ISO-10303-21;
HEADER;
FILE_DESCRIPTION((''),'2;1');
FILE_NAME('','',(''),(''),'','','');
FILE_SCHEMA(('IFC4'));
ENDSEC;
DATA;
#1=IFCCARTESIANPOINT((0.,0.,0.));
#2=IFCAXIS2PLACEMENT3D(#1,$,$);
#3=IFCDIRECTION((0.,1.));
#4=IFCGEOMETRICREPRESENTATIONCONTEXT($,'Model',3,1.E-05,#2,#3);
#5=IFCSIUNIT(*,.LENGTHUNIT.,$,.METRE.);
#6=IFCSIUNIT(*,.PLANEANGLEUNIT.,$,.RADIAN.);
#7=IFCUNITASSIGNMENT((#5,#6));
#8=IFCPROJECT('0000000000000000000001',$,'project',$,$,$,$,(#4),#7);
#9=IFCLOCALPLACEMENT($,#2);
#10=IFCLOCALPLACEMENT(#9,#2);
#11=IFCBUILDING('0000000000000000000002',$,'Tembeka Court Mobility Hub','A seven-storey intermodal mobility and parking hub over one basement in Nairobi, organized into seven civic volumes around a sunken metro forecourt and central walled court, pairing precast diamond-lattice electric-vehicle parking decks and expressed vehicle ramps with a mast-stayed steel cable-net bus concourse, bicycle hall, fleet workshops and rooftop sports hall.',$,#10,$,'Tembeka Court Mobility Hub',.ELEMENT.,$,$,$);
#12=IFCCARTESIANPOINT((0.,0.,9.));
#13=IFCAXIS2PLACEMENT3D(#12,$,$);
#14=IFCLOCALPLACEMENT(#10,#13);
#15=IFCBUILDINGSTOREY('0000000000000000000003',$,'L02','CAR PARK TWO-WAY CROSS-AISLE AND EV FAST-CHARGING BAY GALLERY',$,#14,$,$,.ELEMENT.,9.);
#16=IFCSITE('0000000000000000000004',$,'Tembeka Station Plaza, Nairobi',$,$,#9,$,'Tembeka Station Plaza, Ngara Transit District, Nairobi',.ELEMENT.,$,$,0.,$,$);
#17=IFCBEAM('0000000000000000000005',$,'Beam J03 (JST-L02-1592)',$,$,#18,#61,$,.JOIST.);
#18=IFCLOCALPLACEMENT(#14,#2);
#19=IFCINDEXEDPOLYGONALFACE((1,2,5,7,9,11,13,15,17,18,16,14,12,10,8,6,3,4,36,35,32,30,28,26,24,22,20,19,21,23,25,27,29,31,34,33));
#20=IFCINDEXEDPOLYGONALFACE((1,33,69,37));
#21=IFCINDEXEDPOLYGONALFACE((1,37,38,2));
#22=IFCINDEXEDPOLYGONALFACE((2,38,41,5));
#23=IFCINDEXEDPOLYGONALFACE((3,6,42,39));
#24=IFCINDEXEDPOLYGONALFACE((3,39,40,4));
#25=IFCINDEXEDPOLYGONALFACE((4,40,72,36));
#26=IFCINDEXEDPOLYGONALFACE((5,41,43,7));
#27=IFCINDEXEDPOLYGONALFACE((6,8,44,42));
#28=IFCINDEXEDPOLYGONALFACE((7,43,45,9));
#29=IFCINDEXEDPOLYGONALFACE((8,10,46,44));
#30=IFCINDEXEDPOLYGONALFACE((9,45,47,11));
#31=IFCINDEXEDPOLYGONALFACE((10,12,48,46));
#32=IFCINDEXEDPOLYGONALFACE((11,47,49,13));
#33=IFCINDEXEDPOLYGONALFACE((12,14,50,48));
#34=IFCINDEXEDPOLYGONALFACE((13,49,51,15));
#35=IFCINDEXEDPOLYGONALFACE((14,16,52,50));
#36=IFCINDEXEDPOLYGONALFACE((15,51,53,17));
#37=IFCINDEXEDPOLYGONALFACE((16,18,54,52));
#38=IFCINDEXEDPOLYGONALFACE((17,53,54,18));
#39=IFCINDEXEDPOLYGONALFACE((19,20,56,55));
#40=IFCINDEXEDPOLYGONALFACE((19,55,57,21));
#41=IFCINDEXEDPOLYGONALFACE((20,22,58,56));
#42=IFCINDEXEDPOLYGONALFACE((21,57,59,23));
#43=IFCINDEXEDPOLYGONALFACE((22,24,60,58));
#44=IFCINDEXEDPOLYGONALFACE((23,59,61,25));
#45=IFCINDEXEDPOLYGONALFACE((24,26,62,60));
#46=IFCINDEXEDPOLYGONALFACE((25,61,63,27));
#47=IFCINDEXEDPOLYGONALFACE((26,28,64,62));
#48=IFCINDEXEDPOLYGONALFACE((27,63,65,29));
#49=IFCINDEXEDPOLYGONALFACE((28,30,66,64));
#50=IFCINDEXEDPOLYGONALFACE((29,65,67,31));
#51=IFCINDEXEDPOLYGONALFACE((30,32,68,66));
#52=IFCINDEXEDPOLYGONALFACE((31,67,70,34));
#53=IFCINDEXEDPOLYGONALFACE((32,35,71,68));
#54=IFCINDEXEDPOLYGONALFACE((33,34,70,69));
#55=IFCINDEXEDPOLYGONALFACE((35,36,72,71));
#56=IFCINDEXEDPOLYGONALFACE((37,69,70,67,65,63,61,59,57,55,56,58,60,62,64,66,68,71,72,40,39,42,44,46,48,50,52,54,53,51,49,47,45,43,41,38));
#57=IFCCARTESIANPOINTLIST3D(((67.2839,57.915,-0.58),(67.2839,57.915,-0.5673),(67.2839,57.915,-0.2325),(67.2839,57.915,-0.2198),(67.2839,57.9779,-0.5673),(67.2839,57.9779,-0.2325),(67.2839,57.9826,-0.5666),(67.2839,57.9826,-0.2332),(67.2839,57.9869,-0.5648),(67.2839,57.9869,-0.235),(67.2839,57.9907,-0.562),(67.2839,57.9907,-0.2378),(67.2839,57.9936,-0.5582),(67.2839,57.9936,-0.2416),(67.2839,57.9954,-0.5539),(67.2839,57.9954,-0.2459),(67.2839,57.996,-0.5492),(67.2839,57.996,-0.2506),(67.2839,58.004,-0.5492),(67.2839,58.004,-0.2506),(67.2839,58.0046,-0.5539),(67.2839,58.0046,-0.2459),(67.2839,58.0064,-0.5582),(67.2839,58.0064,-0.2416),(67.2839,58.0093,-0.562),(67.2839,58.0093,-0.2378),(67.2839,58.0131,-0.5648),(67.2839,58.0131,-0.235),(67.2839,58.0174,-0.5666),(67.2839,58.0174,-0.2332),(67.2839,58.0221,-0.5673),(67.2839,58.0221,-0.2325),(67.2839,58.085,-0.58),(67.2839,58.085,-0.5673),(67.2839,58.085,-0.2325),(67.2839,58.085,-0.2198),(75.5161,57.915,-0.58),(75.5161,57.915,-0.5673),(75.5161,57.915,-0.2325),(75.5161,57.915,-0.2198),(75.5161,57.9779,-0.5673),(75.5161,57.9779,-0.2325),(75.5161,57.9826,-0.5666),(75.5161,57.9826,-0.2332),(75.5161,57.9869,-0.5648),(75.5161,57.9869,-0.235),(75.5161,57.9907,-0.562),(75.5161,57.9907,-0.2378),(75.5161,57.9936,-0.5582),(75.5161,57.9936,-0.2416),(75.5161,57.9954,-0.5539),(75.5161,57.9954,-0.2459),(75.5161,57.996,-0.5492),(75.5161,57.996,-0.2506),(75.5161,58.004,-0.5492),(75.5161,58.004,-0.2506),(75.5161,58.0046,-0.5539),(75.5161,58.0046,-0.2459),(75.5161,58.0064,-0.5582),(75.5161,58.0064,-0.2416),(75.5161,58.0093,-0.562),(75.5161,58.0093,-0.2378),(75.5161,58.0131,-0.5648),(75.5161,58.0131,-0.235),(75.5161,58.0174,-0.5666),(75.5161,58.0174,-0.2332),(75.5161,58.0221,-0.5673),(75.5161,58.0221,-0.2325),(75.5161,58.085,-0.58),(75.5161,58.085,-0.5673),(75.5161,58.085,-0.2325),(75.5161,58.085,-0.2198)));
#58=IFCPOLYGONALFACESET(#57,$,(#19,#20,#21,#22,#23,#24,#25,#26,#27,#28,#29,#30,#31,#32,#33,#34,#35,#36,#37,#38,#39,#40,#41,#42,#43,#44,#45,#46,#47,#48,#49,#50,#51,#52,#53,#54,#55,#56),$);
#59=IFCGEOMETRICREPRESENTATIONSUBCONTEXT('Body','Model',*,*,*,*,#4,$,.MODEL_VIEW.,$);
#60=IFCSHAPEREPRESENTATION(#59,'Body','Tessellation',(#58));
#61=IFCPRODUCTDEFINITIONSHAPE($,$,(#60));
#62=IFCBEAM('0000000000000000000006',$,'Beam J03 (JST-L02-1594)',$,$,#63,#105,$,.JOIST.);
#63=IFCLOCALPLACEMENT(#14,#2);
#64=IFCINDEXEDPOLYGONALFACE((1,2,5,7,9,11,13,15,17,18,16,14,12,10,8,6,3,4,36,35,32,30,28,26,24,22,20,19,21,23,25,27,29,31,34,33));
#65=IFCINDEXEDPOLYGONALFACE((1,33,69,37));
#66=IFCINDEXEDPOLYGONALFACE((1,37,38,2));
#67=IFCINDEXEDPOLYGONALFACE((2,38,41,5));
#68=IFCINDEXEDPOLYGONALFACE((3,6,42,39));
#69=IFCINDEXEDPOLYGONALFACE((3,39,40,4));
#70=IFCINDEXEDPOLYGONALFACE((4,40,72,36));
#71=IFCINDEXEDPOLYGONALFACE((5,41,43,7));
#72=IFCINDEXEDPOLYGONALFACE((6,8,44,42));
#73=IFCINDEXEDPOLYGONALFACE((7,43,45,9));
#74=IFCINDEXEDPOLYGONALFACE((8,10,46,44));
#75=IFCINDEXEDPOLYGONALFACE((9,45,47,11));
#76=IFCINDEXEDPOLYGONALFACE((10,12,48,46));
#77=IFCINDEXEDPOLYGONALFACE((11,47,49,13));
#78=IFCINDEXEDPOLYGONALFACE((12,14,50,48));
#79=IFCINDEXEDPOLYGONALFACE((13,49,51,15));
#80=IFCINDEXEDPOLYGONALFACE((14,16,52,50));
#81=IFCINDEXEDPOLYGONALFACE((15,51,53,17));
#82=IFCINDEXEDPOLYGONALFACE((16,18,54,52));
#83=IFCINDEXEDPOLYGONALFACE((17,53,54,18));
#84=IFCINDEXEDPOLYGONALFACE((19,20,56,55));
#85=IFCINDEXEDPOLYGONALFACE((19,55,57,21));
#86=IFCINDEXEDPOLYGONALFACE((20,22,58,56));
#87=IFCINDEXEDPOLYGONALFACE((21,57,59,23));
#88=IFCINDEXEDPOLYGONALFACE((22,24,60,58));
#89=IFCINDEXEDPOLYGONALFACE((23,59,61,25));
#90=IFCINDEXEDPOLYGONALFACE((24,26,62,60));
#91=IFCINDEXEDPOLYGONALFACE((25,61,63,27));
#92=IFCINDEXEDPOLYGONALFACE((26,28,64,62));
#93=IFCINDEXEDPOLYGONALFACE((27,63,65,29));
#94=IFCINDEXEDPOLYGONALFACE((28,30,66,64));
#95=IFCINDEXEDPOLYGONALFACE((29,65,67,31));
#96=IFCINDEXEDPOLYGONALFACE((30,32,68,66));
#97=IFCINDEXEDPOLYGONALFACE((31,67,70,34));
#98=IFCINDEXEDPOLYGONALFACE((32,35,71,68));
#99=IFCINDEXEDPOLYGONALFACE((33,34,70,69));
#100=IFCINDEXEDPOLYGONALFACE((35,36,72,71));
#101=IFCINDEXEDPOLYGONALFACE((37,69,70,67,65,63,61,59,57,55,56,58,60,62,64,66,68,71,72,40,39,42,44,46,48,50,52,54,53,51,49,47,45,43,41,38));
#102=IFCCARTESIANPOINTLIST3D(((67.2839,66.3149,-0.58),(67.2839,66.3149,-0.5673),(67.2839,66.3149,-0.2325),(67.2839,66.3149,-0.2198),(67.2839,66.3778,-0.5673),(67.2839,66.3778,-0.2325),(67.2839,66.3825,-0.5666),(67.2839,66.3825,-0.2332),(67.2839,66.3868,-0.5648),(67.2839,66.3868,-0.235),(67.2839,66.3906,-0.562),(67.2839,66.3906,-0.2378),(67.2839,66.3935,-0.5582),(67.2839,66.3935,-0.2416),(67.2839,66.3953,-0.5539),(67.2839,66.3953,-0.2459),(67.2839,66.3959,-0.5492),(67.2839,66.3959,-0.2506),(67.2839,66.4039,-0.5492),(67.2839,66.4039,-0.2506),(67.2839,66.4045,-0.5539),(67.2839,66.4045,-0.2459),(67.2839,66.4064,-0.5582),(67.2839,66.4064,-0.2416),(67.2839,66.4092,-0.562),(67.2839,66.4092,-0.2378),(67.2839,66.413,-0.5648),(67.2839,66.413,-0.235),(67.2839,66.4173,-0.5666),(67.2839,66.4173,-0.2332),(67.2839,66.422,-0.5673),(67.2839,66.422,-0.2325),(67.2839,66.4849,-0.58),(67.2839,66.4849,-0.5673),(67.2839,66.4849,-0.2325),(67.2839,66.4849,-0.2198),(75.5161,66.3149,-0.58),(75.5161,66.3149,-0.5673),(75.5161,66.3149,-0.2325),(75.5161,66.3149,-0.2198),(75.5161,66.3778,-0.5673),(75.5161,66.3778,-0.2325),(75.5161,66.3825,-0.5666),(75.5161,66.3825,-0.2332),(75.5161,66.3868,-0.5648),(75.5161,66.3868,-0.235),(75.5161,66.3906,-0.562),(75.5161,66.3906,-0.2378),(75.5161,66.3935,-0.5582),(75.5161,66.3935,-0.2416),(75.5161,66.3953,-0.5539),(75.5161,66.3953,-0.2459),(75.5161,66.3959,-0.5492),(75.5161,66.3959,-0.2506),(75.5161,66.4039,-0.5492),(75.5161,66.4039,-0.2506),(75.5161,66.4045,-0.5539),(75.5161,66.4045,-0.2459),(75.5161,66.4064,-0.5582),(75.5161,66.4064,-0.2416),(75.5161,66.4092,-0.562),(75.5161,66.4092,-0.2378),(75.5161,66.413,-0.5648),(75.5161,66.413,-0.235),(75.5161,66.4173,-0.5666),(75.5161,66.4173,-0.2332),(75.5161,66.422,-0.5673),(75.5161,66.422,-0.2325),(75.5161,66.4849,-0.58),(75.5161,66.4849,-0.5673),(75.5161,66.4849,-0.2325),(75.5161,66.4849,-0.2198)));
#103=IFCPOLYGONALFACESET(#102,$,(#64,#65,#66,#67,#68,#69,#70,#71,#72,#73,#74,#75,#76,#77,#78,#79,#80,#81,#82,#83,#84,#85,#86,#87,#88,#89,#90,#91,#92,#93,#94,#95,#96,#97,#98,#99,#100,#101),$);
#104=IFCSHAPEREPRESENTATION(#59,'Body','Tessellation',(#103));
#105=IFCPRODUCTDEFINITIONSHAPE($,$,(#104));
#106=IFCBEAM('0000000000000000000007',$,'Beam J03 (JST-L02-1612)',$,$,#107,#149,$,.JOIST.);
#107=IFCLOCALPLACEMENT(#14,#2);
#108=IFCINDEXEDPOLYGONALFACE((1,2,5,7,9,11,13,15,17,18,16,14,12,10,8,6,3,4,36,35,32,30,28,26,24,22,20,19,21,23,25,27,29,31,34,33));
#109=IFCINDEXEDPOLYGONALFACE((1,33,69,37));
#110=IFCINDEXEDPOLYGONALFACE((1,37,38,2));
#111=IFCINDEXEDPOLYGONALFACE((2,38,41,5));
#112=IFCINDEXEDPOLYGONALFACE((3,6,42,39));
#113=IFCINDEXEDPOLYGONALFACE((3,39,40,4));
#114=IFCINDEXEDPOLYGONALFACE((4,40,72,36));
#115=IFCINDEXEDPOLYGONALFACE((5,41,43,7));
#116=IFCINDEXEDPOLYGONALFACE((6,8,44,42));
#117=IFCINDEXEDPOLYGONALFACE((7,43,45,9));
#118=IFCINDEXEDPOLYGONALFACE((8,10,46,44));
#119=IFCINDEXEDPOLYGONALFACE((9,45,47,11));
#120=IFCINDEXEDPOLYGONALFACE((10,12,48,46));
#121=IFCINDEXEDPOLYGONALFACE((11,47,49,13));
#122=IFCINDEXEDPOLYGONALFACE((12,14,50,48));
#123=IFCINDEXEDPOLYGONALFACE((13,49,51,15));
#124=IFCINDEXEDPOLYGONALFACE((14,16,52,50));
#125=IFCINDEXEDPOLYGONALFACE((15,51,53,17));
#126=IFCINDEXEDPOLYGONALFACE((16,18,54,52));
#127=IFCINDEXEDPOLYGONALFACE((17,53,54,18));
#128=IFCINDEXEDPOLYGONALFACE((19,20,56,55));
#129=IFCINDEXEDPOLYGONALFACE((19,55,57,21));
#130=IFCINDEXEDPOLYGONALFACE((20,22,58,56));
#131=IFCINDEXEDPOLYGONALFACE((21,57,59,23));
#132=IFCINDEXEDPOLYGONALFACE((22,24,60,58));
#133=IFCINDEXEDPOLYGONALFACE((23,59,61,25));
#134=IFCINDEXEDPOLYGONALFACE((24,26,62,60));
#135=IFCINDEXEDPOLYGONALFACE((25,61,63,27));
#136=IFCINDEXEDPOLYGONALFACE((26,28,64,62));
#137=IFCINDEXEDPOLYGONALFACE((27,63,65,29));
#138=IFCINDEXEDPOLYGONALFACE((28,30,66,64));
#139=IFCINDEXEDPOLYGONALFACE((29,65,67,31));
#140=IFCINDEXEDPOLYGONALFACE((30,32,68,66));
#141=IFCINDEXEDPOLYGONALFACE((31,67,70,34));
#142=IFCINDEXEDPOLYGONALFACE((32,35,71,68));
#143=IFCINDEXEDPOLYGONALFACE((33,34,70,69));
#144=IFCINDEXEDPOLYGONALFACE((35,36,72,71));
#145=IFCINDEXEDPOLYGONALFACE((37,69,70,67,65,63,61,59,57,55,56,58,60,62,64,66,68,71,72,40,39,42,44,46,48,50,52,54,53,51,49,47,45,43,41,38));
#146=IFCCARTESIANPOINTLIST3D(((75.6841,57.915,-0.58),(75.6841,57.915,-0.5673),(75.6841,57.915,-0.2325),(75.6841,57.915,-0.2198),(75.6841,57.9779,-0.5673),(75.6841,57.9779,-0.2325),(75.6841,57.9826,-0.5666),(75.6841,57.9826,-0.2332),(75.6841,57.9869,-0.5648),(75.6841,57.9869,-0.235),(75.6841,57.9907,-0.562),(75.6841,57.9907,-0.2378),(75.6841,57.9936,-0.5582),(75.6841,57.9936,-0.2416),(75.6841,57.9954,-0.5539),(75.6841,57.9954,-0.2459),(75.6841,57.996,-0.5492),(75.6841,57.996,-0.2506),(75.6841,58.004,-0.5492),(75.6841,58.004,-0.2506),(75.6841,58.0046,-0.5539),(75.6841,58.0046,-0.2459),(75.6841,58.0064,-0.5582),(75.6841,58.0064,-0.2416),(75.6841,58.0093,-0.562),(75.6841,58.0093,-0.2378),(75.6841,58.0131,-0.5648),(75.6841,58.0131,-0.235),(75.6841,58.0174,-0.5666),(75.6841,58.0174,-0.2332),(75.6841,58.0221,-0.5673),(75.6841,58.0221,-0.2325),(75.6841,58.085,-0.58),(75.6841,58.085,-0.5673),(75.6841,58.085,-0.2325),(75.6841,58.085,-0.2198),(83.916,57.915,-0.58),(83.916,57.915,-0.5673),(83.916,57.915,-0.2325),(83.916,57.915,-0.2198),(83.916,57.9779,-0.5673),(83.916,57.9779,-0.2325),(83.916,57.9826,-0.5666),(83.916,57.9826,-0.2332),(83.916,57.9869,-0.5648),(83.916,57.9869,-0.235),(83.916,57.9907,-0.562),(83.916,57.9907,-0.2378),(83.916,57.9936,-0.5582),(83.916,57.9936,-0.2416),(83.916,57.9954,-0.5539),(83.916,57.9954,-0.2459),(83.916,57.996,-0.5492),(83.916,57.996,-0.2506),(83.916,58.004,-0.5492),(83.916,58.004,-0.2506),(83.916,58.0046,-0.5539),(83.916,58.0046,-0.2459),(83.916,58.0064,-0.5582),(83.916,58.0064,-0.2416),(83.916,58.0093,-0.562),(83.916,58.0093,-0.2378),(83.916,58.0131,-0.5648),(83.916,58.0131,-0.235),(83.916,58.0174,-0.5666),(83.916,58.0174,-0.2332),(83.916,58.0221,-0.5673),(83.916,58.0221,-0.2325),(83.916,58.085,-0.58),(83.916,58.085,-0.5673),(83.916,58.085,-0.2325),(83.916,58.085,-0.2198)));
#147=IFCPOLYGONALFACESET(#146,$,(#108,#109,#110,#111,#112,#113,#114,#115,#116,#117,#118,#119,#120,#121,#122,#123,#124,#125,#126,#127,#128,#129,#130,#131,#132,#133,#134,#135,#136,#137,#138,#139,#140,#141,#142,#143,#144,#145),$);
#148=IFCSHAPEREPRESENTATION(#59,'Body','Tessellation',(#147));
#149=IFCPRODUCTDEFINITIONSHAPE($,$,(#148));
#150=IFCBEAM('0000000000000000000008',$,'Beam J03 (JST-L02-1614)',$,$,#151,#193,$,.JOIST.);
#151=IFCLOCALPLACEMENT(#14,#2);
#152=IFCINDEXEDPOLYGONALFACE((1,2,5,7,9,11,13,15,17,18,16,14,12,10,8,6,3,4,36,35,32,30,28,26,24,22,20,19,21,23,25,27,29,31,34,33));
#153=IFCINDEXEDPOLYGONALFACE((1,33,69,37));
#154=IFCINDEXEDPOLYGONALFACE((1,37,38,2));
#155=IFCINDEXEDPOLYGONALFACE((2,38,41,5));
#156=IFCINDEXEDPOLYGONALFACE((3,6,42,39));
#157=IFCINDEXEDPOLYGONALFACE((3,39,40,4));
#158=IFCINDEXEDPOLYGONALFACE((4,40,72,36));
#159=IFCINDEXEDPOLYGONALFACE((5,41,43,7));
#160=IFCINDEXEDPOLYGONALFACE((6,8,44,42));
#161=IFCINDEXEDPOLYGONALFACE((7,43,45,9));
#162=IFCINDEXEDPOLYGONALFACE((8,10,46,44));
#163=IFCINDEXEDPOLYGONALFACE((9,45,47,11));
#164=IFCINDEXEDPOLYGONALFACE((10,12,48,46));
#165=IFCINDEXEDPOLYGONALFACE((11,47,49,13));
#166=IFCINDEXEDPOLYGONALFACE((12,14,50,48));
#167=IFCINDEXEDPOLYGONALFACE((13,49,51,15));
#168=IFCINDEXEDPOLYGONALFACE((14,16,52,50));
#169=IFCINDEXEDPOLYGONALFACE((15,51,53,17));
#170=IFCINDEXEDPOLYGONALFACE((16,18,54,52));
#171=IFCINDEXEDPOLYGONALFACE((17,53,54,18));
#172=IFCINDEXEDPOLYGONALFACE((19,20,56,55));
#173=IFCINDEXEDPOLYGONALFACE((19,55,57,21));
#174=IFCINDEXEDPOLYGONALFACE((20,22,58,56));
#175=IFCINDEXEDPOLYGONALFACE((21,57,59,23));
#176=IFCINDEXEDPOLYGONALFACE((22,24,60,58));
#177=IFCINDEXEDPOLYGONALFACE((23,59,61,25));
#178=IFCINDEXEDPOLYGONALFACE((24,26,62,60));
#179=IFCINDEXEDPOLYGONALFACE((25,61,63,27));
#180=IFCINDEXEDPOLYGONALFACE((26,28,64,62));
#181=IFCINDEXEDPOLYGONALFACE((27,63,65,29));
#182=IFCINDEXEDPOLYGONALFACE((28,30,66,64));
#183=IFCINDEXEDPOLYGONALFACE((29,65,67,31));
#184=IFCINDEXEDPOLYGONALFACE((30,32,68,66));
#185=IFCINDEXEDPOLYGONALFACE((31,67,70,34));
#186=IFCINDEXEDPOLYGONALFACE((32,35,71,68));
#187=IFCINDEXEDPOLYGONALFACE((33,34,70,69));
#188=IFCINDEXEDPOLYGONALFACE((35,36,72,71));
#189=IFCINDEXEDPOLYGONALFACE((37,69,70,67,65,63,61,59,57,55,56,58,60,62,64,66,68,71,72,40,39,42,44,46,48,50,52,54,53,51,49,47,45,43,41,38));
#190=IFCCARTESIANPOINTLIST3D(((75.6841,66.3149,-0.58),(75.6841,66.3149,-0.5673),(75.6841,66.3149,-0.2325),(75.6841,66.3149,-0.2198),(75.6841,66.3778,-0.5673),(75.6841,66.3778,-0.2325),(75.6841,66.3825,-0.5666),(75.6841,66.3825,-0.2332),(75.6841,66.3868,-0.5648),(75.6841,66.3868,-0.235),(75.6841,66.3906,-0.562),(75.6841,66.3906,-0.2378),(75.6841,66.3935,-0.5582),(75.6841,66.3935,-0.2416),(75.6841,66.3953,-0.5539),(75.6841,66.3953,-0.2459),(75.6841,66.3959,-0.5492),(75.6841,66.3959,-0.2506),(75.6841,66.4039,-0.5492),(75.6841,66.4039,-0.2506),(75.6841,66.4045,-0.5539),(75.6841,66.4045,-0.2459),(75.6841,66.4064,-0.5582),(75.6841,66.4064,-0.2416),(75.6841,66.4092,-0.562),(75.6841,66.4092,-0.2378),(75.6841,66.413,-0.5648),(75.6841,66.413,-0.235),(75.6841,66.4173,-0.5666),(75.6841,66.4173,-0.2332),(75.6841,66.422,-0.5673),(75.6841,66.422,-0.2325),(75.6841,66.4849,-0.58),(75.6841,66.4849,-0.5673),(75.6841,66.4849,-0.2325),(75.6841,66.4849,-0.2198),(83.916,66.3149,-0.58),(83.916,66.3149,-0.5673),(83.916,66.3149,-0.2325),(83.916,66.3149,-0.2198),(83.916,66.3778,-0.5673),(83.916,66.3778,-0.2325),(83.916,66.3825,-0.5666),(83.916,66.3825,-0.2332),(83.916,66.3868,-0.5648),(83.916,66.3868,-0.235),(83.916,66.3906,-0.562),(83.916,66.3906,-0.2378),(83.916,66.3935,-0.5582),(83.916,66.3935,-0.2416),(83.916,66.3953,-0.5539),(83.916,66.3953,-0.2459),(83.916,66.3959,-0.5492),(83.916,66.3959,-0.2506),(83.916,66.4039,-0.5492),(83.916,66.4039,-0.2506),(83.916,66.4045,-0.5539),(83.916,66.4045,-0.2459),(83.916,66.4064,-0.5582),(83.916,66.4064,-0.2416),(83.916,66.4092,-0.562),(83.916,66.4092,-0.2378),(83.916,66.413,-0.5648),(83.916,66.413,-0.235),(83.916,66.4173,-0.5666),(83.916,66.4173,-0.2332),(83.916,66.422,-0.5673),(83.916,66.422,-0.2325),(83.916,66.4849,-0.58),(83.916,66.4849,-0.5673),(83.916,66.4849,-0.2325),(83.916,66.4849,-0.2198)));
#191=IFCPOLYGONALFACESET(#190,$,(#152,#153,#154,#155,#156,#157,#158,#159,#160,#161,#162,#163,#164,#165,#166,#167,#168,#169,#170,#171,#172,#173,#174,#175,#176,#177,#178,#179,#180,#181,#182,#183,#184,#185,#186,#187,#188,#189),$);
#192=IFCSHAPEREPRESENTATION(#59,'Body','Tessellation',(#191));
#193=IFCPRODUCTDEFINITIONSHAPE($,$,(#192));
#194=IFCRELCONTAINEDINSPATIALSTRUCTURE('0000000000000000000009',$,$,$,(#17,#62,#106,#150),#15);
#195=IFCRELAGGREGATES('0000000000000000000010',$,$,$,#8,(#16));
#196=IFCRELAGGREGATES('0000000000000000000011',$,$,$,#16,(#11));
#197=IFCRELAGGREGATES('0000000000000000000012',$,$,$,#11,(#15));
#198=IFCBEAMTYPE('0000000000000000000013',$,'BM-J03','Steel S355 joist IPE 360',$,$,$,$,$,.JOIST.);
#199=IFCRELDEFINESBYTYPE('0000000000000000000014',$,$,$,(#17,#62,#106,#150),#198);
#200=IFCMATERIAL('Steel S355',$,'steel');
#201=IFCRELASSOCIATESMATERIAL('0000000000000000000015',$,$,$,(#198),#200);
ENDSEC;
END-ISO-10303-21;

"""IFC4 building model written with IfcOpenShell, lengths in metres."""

from ifc_helpers import new_model, si_unit, direction, frame, origin, origin_2d, place, context, subcontext, project, spatial, i_section, extrude, material, material_profile, profile_set, type_object, element, save


model = new_model("IFC4")

# Units and contexts
model_context = context("Model", 3, precision=1e-05, world=origin(), true_north=direction((0.0, 1.0)))
body_context = subcontext(model_context, "Body", "Model", "MODEL_VIEW")
ifc_project = project(units=[si_unit("LENGTHUNIT", "METRE"), si_unit("PLANEANGLEUNIT", "RADIAN")], contexts=[model_context])

# Site, building, storey
site_placement = place(None, origin())
site = spatial("IfcSite", under=ifc_project, at=site_placement, Name="Tembeka Station Plaza, Nairobi", LongName="Tembeka Station Plaza, Ngara Transit District, Nairobi", CompositionType="ELEMENT", RefElevation=0.0)
building_placement = place(site_placement, origin())
building = spatial("IfcBuilding", under=site, at=building_placement, Name="Tembeka Court Mobility Hub", Description="A seven-storey intermodal mobility and parking hub over one basement in Nairobi, organized into seven civic volumes around a sunken metro forecourt and central walled court, pairing precast diamond-lattice electric-vehicle parking decks and expressed vehicle ramps with a mast-stayed steel cable-net bus concourse, bicycle hall, fleet workshops and rooftop sports hall.", LongName="Tembeka Court Mobility Hub", CompositionType="ELEMENT")
storey_placement = place(building_placement, frame((0.0, 0.0, 9.0)))
storey = spatial("IfcBuildingStorey", under=building, at=storey_placement, Name="L02", Description="CAR PARK TWO-WAY CROSS-AISLE AND EV FAST-CHARGING BAY GALLERY", CompositionType="ELEMENT", Elevation=9.0)

# Shared definitions
ifc_material_1 = material(Name="Steel S355", Category="steel")

# Beams
ifc_material_profile_1 = material_profile(ifc_material_1, i_section(OverallWidth=0.1699, OverallDepth=0.3601, WebThickness=0.0081, FlangeThickness=0.0127, FilletRadius=0.0181, at=origin_2d()), Name="IPE 360")
ifc_profile_set_1 = profile_set([ifc_material_profile_1], Name="Steel S355")
beam_type_1 = type_object("IfcBeamType", Name="BM-J03", Description="Steel S355 joist IPE 360", PredefinedType="JOIST", material=ifc_profile_set_1)
for number, where, z_axis, x_axis, name in (
    (1, (67.2839, 58.0, -0.3999), (1.0, 0.0, 0.0), (0.0, 1.0, 0.0), "Beam J03 (JST-L02-1592)"),
    (2, (67.2839, 66.3999, -0.3999), (1.0, 0.0, 0.0), (0.0, 1.0, 0.0), "Beam J03 (JST-L02-1594)"),
):
    element("IfcBeam", number, at=place(storey_placement, frame(where, z_axis=z_axis, x_axis=x_axis)), inside=storey, type_object=beam_type_1, Name=name, PredefinedType="JOIST", context=body_context, shape_type="SweptSolid", body=[
        extrude(i_section(OverallWidth=0.1699, OverallDepth=0.3601, WebThickness=0.0081, FlangeThickness=0.0127, FilletRadius=0.0181, at=origin_2d()), origin(), (0.0, 0.0, 1.0), 8.2322),
    ])
for number, where, z_axis, x_axis, name in (
    (3, (75.6841, 58.0, -0.3999), (1.0, 0.0, 0.0), (0.0, 1.0, 0.0), "Beam J03 (JST-L02-1612)"),
    (4, (75.6841, 66.3999, -0.3999), (1.0, 0.0, 0.0), (0.0, 1.0, 0.0), "Beam J03 (JST-L02-1614)"),
):
    element("IfcBeam", number, at=place(storey_placement, frame(where, z_axis=z_axis, x_axis=x_axis)), inside=storey, type_object=beam_type_1, Name=name, PredefinedType="JOIST", context=body_context, shape_type="SweptSolid", body=[
        extrude(i_section(OverallWidth=0.1699, OverallDepth=0.3601, WebThickness=0.0081, FlangeThickness=0.0127, FilletRadius=0.0181, at=origin_2d()), origin(), (0.0, 0.0, 1.0), 8.2319),
    ])

save(model, "model.ifc")
